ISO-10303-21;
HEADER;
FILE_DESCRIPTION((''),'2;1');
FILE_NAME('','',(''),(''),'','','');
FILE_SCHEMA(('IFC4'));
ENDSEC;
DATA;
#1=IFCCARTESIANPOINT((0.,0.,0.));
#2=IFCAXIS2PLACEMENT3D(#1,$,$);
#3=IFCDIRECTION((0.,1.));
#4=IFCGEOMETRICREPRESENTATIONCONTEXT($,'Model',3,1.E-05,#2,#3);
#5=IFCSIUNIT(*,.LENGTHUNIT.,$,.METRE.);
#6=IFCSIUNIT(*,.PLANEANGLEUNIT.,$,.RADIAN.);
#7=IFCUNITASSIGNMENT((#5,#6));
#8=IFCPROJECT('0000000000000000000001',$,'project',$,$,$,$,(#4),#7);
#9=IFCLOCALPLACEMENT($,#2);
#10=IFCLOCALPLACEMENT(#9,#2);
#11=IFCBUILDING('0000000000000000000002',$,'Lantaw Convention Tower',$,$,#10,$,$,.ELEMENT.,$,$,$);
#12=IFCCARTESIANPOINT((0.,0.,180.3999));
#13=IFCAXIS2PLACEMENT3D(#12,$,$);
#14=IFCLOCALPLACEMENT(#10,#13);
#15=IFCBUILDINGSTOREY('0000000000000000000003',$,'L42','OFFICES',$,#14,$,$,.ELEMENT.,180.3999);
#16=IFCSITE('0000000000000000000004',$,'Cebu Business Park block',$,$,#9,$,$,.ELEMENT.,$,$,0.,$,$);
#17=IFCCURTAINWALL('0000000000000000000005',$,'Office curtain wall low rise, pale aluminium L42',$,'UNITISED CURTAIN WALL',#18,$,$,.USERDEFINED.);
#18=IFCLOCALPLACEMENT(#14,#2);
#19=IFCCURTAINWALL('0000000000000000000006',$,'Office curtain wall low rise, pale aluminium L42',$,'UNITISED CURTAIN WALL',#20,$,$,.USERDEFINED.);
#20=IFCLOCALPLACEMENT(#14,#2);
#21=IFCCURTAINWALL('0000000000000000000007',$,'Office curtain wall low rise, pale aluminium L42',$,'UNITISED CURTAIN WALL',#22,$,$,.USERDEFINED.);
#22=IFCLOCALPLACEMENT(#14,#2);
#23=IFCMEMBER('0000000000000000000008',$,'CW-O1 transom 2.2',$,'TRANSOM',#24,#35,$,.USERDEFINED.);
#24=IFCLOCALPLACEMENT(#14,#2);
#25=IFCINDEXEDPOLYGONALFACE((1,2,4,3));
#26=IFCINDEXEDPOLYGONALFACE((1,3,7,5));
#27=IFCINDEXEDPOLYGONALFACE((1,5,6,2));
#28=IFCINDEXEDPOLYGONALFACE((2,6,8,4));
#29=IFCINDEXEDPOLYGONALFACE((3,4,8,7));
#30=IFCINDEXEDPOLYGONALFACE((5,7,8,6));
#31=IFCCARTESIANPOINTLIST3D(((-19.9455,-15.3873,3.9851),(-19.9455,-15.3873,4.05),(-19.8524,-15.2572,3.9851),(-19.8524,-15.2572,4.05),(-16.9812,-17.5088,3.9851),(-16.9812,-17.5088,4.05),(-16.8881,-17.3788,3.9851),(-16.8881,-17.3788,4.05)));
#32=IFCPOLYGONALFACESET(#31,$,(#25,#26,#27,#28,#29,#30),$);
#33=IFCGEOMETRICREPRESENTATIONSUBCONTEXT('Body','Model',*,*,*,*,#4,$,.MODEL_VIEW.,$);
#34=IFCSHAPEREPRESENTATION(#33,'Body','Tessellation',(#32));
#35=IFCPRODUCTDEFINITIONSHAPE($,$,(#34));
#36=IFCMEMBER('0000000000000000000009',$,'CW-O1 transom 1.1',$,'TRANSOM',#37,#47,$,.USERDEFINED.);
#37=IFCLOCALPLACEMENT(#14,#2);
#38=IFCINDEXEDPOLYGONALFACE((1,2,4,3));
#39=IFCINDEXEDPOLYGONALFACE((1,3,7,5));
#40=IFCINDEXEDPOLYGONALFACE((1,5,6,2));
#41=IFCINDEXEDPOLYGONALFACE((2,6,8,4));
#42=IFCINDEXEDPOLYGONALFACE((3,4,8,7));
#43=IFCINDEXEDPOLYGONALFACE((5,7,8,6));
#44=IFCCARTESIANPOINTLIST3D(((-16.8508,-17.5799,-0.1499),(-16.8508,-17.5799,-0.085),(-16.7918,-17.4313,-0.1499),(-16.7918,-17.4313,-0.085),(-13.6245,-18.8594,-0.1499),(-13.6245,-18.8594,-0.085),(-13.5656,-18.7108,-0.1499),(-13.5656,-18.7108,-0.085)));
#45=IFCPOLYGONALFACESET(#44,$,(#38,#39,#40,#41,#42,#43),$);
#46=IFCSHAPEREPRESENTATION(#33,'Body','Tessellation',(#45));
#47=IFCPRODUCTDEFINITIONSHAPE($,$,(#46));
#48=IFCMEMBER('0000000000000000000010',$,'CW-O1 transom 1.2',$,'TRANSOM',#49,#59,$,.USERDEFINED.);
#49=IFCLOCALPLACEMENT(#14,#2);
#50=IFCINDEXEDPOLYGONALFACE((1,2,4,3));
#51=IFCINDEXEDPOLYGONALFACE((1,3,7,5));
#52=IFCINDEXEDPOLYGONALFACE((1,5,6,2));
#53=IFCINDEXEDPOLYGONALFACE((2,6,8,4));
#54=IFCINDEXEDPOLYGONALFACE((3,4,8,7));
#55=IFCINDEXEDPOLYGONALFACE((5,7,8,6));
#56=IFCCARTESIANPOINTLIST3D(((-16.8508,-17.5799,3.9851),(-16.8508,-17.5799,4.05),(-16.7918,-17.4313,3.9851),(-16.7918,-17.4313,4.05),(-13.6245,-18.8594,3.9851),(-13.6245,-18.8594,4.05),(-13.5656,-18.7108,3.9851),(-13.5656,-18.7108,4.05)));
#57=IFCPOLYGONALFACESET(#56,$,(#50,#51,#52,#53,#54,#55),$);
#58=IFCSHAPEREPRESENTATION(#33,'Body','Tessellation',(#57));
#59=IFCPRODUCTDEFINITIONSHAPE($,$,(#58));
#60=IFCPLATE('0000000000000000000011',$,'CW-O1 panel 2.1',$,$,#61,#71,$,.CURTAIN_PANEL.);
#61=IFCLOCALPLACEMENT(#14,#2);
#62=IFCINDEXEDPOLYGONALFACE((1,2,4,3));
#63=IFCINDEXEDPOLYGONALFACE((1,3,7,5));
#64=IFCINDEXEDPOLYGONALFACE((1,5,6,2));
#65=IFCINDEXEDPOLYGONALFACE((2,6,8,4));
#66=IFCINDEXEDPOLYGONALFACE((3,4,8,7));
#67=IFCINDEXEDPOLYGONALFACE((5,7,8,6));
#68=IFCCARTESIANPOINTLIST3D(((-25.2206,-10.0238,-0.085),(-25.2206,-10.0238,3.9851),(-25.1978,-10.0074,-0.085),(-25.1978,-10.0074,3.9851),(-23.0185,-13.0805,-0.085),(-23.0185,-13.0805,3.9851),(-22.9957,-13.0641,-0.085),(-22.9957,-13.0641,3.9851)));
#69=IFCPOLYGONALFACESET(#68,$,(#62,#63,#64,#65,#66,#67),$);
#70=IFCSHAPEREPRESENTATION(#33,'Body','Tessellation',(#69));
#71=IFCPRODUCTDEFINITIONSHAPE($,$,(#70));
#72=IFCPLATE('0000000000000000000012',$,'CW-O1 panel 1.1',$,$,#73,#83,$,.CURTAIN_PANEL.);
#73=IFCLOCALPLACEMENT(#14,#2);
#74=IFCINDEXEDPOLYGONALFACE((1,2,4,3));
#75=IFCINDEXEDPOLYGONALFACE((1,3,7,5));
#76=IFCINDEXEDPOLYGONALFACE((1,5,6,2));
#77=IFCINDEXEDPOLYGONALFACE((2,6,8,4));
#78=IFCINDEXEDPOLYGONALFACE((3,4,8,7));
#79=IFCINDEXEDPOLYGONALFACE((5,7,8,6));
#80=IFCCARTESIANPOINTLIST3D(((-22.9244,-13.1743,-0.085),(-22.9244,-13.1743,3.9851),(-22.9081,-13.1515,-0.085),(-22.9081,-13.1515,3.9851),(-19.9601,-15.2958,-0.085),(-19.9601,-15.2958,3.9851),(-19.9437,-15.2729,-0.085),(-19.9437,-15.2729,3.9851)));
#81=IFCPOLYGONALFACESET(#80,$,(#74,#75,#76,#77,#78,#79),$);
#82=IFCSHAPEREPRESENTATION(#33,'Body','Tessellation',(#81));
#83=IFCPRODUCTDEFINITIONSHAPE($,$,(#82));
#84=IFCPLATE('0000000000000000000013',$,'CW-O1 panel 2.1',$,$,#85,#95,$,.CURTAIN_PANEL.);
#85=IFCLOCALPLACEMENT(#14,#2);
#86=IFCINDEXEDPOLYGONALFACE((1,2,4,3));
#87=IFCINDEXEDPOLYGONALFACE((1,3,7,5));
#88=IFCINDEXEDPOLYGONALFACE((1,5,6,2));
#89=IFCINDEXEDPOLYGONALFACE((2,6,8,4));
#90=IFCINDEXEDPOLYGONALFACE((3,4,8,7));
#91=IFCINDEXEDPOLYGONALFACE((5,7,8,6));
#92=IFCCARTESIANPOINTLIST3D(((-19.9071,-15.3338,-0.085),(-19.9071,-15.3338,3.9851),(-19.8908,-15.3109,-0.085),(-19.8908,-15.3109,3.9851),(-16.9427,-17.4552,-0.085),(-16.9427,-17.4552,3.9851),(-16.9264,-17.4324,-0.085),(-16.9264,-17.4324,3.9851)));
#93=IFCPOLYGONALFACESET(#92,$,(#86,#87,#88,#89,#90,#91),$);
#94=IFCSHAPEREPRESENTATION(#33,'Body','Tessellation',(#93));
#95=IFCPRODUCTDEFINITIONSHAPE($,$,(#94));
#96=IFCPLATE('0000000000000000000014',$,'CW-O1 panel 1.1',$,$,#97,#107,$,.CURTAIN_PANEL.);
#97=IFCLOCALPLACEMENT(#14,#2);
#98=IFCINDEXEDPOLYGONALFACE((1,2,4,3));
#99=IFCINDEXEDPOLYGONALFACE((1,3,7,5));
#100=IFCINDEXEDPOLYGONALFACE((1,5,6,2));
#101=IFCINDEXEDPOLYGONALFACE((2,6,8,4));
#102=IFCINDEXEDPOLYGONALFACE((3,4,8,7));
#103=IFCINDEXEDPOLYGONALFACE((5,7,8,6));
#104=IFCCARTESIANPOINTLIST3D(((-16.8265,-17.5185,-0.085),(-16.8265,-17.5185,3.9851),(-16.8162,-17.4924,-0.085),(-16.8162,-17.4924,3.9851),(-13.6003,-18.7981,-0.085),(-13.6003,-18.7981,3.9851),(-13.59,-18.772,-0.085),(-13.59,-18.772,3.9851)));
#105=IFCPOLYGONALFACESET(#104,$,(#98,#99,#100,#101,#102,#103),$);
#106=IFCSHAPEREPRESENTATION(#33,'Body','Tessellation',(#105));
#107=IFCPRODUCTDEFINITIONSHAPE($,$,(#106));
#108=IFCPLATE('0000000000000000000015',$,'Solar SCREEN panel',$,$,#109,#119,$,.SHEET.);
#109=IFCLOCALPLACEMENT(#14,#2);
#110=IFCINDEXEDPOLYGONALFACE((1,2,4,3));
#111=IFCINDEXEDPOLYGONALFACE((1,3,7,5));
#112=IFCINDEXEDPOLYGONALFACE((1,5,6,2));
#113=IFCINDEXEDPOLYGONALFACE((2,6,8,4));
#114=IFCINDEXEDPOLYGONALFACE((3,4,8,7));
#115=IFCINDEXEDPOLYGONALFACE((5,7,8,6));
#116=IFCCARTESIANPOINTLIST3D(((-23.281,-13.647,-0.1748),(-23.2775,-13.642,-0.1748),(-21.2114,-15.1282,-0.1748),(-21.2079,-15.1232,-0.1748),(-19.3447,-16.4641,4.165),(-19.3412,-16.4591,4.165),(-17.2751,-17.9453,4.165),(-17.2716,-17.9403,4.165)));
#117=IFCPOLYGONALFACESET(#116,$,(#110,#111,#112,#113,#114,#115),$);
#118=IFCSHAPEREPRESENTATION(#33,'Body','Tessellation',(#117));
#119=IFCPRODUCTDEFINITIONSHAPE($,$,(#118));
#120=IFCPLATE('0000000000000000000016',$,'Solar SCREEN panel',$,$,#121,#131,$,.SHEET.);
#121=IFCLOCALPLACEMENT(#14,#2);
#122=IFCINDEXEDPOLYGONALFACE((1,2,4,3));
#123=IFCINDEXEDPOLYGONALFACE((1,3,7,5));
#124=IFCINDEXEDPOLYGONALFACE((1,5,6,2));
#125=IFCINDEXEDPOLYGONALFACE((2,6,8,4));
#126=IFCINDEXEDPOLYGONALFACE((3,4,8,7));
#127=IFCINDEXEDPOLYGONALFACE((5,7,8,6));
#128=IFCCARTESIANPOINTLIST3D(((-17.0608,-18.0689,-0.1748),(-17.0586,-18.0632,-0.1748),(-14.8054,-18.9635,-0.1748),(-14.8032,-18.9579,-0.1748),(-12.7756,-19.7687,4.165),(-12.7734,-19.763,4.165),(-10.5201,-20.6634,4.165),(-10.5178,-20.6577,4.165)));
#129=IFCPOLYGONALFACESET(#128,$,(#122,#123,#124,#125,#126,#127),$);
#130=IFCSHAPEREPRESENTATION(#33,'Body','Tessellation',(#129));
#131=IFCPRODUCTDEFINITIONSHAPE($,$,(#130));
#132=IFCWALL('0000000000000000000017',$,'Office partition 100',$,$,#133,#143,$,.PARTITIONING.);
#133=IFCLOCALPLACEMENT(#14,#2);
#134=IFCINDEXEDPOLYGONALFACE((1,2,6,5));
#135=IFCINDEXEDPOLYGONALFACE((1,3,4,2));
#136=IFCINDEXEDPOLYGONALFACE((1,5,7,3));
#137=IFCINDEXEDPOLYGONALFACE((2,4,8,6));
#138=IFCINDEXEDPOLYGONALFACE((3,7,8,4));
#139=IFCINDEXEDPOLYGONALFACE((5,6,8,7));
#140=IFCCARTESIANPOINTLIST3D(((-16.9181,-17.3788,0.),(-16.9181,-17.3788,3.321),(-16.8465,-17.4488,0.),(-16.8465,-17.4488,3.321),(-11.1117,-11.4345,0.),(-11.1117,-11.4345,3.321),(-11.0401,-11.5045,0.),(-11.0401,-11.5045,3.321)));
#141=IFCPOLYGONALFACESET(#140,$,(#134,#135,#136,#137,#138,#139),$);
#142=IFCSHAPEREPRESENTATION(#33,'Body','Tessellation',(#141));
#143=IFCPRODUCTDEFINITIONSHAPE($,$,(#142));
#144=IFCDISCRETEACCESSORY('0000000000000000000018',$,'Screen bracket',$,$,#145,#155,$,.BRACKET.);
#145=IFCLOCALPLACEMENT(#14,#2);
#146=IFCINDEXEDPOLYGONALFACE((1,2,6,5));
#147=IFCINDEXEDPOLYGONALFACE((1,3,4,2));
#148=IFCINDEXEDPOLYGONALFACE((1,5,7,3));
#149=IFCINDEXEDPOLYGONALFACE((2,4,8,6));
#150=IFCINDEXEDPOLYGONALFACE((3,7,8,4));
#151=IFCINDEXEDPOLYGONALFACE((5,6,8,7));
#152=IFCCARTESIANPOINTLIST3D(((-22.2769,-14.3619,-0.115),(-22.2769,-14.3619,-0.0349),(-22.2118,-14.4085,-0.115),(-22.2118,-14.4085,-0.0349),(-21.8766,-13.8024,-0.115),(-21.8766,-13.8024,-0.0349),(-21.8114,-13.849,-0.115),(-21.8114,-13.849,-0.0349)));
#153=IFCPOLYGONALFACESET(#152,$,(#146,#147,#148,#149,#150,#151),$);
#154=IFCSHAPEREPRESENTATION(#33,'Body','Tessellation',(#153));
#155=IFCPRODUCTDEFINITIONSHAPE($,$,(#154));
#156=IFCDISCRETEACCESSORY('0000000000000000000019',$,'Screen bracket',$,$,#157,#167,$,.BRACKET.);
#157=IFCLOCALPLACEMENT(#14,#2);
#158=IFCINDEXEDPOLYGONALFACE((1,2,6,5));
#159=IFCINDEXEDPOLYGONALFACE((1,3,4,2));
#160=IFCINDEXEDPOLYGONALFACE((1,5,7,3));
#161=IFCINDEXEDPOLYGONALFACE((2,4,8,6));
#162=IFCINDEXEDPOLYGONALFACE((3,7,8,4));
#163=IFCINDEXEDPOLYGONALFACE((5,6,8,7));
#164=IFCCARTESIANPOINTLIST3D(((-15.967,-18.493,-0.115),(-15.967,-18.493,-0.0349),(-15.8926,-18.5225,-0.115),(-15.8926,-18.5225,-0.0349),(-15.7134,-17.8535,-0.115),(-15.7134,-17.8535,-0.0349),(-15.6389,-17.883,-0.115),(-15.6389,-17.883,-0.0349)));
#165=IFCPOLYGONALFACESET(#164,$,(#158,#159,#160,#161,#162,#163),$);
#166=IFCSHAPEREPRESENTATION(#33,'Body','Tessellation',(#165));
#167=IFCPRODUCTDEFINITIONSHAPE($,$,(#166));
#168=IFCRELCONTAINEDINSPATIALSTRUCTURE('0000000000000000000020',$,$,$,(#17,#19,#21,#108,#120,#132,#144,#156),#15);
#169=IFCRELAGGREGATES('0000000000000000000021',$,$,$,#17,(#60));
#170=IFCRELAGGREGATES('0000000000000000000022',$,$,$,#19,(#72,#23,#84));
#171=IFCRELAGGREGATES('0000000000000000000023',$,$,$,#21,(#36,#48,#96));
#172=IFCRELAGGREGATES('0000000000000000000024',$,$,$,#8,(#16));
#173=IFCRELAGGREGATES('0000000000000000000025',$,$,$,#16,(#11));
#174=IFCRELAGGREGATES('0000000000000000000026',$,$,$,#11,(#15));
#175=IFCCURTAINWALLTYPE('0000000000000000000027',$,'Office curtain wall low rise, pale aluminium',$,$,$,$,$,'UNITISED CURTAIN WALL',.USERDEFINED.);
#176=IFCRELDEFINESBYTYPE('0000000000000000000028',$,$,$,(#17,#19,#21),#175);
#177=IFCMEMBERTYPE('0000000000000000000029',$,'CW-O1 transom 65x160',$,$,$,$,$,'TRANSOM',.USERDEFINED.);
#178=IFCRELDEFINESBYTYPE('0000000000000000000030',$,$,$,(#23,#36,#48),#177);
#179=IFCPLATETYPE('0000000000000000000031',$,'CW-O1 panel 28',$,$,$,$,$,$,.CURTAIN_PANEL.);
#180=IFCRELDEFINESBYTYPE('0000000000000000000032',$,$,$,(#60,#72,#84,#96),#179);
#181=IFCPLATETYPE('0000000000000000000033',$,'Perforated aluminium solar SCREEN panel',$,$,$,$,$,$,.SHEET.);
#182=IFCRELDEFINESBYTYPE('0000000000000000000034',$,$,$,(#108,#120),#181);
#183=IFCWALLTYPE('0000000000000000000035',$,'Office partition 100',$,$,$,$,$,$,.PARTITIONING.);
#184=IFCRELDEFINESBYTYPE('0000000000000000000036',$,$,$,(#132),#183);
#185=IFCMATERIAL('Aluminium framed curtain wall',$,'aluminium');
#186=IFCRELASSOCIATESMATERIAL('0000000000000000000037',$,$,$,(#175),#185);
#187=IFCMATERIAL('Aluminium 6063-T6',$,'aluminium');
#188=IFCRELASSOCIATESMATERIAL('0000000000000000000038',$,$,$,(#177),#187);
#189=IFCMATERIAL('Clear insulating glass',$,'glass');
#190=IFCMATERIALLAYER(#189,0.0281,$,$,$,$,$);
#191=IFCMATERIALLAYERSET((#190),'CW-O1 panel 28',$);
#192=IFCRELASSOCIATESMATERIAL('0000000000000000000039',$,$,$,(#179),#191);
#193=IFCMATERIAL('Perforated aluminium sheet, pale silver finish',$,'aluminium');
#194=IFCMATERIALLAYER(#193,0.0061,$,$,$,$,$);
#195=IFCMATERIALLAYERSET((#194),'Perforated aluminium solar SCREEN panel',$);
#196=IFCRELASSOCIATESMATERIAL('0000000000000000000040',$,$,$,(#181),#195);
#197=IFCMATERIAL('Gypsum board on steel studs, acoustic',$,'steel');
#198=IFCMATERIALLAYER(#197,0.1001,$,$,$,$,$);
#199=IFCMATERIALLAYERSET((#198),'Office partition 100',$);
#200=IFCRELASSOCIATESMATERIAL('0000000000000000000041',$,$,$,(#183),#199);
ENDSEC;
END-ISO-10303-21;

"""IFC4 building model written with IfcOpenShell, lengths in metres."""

from ifc_helpers import new_model, si_unit, direction, frame, frame_2d, origin, origin_2d, place, context, subcontext, project, spatial, polyline, rectangle, outline, extrude, material, layer, layer_set, material_profile, profile_set, type_object, element, aggregate, save


model = new_model("IFC4")

# Units and contexts
model_context = context("Model", 3, precision=1e-05, world=origin(), true_north=direction((0.0, 1.0)))
body_context = subcontext(model_context, "Body", "Model", "MODEL_VIEW")
ifc_project = project(units=[si_unit("LENGTHUNIT", "METRE"), si_unit("PLANEANGLEUNIT", "RADIAN")], contexts=[model_context])

# Site, building, storey
site_placement = place(None, origin())
site = spatial("IfcSite", under=ifc_project, at=site_placement, Name="Cebu Business Park block", CompositionType="ELEMENT", RefElevation=0.0)
building_placement = place(site_placement, origin())
building = spatial("IfcBuilding", under=site, at=building_placement, Name="Lantaw Convention Tower", CompositionType="ELEMENT")
storey_placement = place(building_placement, frame((0.0, 0.0, 180.3999)))
storey = spatial("IfcBuildingStorey", under=building, at=storey_placement, Name="L42", Description="OFFICES", CompositionType="ELEMENT", Elevation=180.3999)

# Curtain walls
ifc_material_1 = material(Name="Aluminium framed curtain wall", Category="aluminium")
curtain_wall_type = type_object("IfcCurtainWallType", Name="Office curtain wall low rise, pale aluminium", ElementType="UNITISED CURTAIN WALL", PredefinedType="USERDEFINED", material=ifc_material_1)
curtain_wall_1_placement = place(storey_placement, origin())
curtain_wall_1 = element("IfcCurtainWall", 1, at=curtain_wall_1_placement, inside=storey, type_object=curtain_wall_type, Name="Office curtain wall low rise, pale aluminium L42", ObjectType="UNITISED CURTAIN WALL", PredefinedType="USERDEFINED")
ifc_material_2 = material(Name="Aluminium 6063-T6", Category="aluminium")
curtain_wall_2_placement = place(storey_placement, origin())
curtain_wall_2 = element("IfcCurtainWall", 2, at=curtain_wall_2_placement, inside=storey, type_object=curtain_wall_type, Name="Office curtain wall low rise, pale aluminium L42", ObjectType="UNITISED CURTAIN WALL", PredefinedType="USERDEFINED")

# Curtain wall
curtain_wall_3_placement = place(storey_placement, origin())
curtain_wall_3 = element("IfcCurtainWall", 3, at=curtain_wall_3_placement, inside=storey, type_object=curtain_wall_type, Name="Office curtain wall low rise, pale aluminium L42", ObjectType="UNITISED CURTAIN WALL", PredefinedType="USERDEFINED")

# Members
ifc_material_profile_1 = material_profile(ifc_material_2, rectangle(XDim=0.1599, YDim=0.0649, at=origin_2d()), Name="CW-O1 transom 65x160")
ifc_profile_set_1 = profile_set([ifc_material_profile_1], Name="Aluminium 6063-T6")
member_type_1 = type_object("IfcMemberType", Name="CW-O1 transom 65x160", ElementType="TRANSOM", PredefinedType="USERDEFINED", material=ifc_profile_set_1)
member_1_placement = place(storey_placement, frame((-19.8989, -15.3223, 4.0176), z_axis=(0.81319, -0.581998, 0.0), x_axis=(0.581998, 0.81319, 0.0)))
member_1 = element("IfcMember", 4, at=member_1_placement, type_object=member_type_1, Name="CW-O1 transom 2.2", ObjectType="TRANSOM", PredefinedType="USERDEFINED", context=body_context, shape_type="SweptSolid", body=[
    extrude(rectangle(XDim=0.1599, YDim=0.0649, at=origin_2d()), origin(), (0.0, 0.0, 1.0), 3.6453),
])
member_2_placement = place(storey_placement, frame((-16.8213, -17.5056, -0.1174), z_axis=(0.929564, -0.36866, 0.0), x_axis=(0.36866, 0.929564, 0.0)))
member_2 = element("IfcMember", 5, at=member_2_placement, type_object=member_type_1, Name="CW-O1 transom 1.1", ObjectType="TRANSOM", PredefinedType="USERDEFINED", context=body_context, shape_type="SweptSolid", body=[
    extrude(rectangle(XDim=0.1599, YDim=0.0649, at=origin_2d()), origin(), (0.0, 0.0, 1.0), 3.4707),
])
member_3_placement = place(storey_placement, frame((-16.8213, -17.5056, 4.0176), z_axis=(0.929564, -0.36866, 0.0), x_axis=(0.36866, 0.929564, 0.0)))
member_3 = element("IfcMember", 6, at=member_3_placement, type_object=member_type_1, Name="CW-O1 transom 1.2", ObjectType="TRANSOM", PredefinedType="USERDEFINED", context=body_context, shape_type="SweptSolid", body=[
    extrude(rectangle(XDim=0.1599, YDim=0.0649, at=origin_2d()), origin(), (0.0, 0.0, 1.0), 3.4707),
])

# Plates
ifc_material_3 = material(Name="Clear insulating glass", Category="glass")
ifc_layer_1 = layer(ifc_material_3, 0.0281)
ifc_layer_set_1 = layer_set([ifc_layer_1], Name="CW-O1 panel 28")
plate_type_1 = type_object("IfcPlateType", Name="CW-O1 panel 28", PredefinedType="CURTAIN_PANEL", material=ifc_layer_set_1)
plate_1_placement = place(storey_placement, frame((-24.1082, -11.5439, -0.085), z_axis=(0.0, 0.0, 1.0), x_axis=(0.584513, -0.811385, 0.0)))
plate_1 = element("IfcPlate", 7, at=plate_1_placement, type_object=plate_type_1, Name="CW-O1 panel 2.1", PredefinedType="CURTAIN_PANEL", context=body_context, shape_type="SweptSolid", body=[
    extrude(rectangle(XDim=3.7673, YDim=0.0281, at=origin_2d()), origin(), (0.0, 0.0, 1.0), 4.0701),
])
aggregate(curtain_wall_1, [plate_1])
plate_2_placement = place(storey_placement, frame((-21.4341, -14.2236, -0.085), z_axis=(0.0, 0.0, 1.0), x_axis=(0.813208, -0.581973, 0.0)))
plate_2 = element("IfcPlate", 8, at=plate_2_placement, type_object=plate_type_1, Name="CW-O1 panel 1.1", PredefinedType="CURTAIN_PANEL", context=body_context, shape_type="SweptSolid", body=[
    extrude(rectangle(XDim=3.6453, YDim=0.0281, at=origin_2d()), origin(), (0.0, 0.0, 1.0), 4.0701),
])
plate_3_placement = place(storey_placement, frame((-18.4167, -16.3831, -0.085), z_axis=(0.0, 0.0, 1.0), x_axis=(0.813208, -0.581973, 0.0)))
plate_3 = element("IfcPlate", 9, at=plate_3_placement, type_object=plate_type_1, Name="CW-O1 panel 2.1", PredefinedType="CURTAIN_PANEL", context=body_context, shape_type="SweptSolid", body=[
    extrude(rectangle(XDim=3.6453, YDim=0.0281, at=origin_2d()), origin(), (0.0, 0.0, 1.0), 4.0701),
])
aggregate(curtain_wall_2, [plate_2, member_1, plate_3])
plate_4_placement = place(storey_placement, frame((-15.2083, -18.1453, -0.085), z_axis=(0.0, 0.0, 1.0), x_axis=(0.929548, -0.368702, 0.0)))
plate_4 = element("IfcPlate", 10, at=plate_4_placement, type_object=plate_type_1, Name="CW-O1 panel 1.1", PredefinedType="CURTAIN_PANEL", context=body_context, shape_type="SweptSolid", body=[
    extrude(rectangle(XDim=3.4707, YDim=0.0281, at=origin_2d()), origin(), (0.0, 0.0, 1.0), 4.0701),
])
aggregate(curtain_wall_3, [member_2, member_3, plate_4])

# Plates
ifc_material_4 = material(Name="Perforated aluminium sheet, pale silver finish", Category="aluminium")
ifc_layer_2 = layer(ifc_material_4, 0.0061)
ifc_layer_set_2 = layer_set([ifc_layer_2], Name="Perforated aluminium solar SCREEN panel")
plate_type_2 = type_object("IfcPlateType", Name="Perforated aluminium solar SCREEN panel", PredefinedType="SHEET", material=ifc_layer_set_2)
plate_5_placement = place(storey_placement, frame((-23.281, -13.647, -0.1748), z_axis=(-0.582, -0.813189, 0.000012), x_axis=(0.813189, -0.582, 0.0)))
element("IfcPlate", 11, at=plate_5_placement, inside=storey, type_object=plate_type_2, Name="Solar SCREEN panel", PredefinedType="SHEET", context=body_context, shape_type="SweptSolid", body=[
    extrude(outline(polyline([(0.0, 0.0), (2.545, 0.0), (7.3855, 4.3398), (4.8405, 4.3398), (0.0, 0.0)])), origin(), (0.0, 0.0, -1.0), 0.0061),
])
plate_6_placement = place(storey_placement, frame((-17.0586, -18.0632, -0.1748), z_axis=(0.368709, 0.929545, 0.000011), x_axis=(0.929545, -0.368709, 0.0)))
element("IfcPlate", 12, at=plate_6_placement, inside=storey, type_object=plate_type_2, Name="Solar SCREEN panel", PredefinedType="SHEET", context=body_context, shape_type="SweptSolid", body=[
    extrude(outline(polyline([(0.0, 0.0), (2.4264, 0.0), (7.0365, -4.3398), (4.61, -4.3398), (0.0, 0.0)])), origin(), (0.0, 0.0, -1.0), 0.0061),
])

# Wall
ifc_material_5 = material(Name="Gypsum board on steel studs, acoustic", Category="steel")
ifc_layer_3 = layer(ifc_material_5, 0.1001)
ifc_layer_set_3 = layer_set([ifc_layer_3], Name="Office partition 100")
wall_type = type_object("IfcWallType", Name="Office partition 100", PredefinedType="PARTITIONING", material=ifc_layer_set_3)
wall_placement = place(storey_placement, frame((-16.8823, -17.4138, 0.0), z_axis=(0.0, 0.0, 1.0), x_axis=(0.698758, 0.715358, 0.0)))
element("IfcWall", 13, at=wall_placement, inside=storey, type_object=wall_type, Name="Office partition 100", PredefinedType="PARTITIONING", context=body_context, shape_type="SweptSolid", body=[
    extrude(rectangle(XDim=8.3096, YDim=0.1001, at=frame_2d((4.1548, 0.0))), origin(), (0.0, 0.0, 1.0), 3.321),
])

# Discrete accessories
for number, where, z_axis, x_axis, name in (
    (14, (-22.0442, -14.1055, -0.115), (0.0, 0.0, 1.0), (0.813208, -0.581973, 0.0), "Screen bracket"),
    (15, (-15.803, -18.188, -0.115), (0.0, 0.0, 1.0), (0.929548, -0.368702, 0.0), "Screen bracket"),
):
    element("IfcDiscreteAccessory", number, at=place(storey_placement, frame(where, z_axis=z_axis, x_axis=x_axis)), inside=storey, Name=name, PredefinedType="BRACKET", context=body_context, shape_type="SweptSolid", body=[
        extrude(rectangle(XDim=0.0801, YDim=0.688, at=origin_2d()), origin(), (0.0, 0.0, 1.0), 0.0801),
    ])

save(model, "model.ifc")
